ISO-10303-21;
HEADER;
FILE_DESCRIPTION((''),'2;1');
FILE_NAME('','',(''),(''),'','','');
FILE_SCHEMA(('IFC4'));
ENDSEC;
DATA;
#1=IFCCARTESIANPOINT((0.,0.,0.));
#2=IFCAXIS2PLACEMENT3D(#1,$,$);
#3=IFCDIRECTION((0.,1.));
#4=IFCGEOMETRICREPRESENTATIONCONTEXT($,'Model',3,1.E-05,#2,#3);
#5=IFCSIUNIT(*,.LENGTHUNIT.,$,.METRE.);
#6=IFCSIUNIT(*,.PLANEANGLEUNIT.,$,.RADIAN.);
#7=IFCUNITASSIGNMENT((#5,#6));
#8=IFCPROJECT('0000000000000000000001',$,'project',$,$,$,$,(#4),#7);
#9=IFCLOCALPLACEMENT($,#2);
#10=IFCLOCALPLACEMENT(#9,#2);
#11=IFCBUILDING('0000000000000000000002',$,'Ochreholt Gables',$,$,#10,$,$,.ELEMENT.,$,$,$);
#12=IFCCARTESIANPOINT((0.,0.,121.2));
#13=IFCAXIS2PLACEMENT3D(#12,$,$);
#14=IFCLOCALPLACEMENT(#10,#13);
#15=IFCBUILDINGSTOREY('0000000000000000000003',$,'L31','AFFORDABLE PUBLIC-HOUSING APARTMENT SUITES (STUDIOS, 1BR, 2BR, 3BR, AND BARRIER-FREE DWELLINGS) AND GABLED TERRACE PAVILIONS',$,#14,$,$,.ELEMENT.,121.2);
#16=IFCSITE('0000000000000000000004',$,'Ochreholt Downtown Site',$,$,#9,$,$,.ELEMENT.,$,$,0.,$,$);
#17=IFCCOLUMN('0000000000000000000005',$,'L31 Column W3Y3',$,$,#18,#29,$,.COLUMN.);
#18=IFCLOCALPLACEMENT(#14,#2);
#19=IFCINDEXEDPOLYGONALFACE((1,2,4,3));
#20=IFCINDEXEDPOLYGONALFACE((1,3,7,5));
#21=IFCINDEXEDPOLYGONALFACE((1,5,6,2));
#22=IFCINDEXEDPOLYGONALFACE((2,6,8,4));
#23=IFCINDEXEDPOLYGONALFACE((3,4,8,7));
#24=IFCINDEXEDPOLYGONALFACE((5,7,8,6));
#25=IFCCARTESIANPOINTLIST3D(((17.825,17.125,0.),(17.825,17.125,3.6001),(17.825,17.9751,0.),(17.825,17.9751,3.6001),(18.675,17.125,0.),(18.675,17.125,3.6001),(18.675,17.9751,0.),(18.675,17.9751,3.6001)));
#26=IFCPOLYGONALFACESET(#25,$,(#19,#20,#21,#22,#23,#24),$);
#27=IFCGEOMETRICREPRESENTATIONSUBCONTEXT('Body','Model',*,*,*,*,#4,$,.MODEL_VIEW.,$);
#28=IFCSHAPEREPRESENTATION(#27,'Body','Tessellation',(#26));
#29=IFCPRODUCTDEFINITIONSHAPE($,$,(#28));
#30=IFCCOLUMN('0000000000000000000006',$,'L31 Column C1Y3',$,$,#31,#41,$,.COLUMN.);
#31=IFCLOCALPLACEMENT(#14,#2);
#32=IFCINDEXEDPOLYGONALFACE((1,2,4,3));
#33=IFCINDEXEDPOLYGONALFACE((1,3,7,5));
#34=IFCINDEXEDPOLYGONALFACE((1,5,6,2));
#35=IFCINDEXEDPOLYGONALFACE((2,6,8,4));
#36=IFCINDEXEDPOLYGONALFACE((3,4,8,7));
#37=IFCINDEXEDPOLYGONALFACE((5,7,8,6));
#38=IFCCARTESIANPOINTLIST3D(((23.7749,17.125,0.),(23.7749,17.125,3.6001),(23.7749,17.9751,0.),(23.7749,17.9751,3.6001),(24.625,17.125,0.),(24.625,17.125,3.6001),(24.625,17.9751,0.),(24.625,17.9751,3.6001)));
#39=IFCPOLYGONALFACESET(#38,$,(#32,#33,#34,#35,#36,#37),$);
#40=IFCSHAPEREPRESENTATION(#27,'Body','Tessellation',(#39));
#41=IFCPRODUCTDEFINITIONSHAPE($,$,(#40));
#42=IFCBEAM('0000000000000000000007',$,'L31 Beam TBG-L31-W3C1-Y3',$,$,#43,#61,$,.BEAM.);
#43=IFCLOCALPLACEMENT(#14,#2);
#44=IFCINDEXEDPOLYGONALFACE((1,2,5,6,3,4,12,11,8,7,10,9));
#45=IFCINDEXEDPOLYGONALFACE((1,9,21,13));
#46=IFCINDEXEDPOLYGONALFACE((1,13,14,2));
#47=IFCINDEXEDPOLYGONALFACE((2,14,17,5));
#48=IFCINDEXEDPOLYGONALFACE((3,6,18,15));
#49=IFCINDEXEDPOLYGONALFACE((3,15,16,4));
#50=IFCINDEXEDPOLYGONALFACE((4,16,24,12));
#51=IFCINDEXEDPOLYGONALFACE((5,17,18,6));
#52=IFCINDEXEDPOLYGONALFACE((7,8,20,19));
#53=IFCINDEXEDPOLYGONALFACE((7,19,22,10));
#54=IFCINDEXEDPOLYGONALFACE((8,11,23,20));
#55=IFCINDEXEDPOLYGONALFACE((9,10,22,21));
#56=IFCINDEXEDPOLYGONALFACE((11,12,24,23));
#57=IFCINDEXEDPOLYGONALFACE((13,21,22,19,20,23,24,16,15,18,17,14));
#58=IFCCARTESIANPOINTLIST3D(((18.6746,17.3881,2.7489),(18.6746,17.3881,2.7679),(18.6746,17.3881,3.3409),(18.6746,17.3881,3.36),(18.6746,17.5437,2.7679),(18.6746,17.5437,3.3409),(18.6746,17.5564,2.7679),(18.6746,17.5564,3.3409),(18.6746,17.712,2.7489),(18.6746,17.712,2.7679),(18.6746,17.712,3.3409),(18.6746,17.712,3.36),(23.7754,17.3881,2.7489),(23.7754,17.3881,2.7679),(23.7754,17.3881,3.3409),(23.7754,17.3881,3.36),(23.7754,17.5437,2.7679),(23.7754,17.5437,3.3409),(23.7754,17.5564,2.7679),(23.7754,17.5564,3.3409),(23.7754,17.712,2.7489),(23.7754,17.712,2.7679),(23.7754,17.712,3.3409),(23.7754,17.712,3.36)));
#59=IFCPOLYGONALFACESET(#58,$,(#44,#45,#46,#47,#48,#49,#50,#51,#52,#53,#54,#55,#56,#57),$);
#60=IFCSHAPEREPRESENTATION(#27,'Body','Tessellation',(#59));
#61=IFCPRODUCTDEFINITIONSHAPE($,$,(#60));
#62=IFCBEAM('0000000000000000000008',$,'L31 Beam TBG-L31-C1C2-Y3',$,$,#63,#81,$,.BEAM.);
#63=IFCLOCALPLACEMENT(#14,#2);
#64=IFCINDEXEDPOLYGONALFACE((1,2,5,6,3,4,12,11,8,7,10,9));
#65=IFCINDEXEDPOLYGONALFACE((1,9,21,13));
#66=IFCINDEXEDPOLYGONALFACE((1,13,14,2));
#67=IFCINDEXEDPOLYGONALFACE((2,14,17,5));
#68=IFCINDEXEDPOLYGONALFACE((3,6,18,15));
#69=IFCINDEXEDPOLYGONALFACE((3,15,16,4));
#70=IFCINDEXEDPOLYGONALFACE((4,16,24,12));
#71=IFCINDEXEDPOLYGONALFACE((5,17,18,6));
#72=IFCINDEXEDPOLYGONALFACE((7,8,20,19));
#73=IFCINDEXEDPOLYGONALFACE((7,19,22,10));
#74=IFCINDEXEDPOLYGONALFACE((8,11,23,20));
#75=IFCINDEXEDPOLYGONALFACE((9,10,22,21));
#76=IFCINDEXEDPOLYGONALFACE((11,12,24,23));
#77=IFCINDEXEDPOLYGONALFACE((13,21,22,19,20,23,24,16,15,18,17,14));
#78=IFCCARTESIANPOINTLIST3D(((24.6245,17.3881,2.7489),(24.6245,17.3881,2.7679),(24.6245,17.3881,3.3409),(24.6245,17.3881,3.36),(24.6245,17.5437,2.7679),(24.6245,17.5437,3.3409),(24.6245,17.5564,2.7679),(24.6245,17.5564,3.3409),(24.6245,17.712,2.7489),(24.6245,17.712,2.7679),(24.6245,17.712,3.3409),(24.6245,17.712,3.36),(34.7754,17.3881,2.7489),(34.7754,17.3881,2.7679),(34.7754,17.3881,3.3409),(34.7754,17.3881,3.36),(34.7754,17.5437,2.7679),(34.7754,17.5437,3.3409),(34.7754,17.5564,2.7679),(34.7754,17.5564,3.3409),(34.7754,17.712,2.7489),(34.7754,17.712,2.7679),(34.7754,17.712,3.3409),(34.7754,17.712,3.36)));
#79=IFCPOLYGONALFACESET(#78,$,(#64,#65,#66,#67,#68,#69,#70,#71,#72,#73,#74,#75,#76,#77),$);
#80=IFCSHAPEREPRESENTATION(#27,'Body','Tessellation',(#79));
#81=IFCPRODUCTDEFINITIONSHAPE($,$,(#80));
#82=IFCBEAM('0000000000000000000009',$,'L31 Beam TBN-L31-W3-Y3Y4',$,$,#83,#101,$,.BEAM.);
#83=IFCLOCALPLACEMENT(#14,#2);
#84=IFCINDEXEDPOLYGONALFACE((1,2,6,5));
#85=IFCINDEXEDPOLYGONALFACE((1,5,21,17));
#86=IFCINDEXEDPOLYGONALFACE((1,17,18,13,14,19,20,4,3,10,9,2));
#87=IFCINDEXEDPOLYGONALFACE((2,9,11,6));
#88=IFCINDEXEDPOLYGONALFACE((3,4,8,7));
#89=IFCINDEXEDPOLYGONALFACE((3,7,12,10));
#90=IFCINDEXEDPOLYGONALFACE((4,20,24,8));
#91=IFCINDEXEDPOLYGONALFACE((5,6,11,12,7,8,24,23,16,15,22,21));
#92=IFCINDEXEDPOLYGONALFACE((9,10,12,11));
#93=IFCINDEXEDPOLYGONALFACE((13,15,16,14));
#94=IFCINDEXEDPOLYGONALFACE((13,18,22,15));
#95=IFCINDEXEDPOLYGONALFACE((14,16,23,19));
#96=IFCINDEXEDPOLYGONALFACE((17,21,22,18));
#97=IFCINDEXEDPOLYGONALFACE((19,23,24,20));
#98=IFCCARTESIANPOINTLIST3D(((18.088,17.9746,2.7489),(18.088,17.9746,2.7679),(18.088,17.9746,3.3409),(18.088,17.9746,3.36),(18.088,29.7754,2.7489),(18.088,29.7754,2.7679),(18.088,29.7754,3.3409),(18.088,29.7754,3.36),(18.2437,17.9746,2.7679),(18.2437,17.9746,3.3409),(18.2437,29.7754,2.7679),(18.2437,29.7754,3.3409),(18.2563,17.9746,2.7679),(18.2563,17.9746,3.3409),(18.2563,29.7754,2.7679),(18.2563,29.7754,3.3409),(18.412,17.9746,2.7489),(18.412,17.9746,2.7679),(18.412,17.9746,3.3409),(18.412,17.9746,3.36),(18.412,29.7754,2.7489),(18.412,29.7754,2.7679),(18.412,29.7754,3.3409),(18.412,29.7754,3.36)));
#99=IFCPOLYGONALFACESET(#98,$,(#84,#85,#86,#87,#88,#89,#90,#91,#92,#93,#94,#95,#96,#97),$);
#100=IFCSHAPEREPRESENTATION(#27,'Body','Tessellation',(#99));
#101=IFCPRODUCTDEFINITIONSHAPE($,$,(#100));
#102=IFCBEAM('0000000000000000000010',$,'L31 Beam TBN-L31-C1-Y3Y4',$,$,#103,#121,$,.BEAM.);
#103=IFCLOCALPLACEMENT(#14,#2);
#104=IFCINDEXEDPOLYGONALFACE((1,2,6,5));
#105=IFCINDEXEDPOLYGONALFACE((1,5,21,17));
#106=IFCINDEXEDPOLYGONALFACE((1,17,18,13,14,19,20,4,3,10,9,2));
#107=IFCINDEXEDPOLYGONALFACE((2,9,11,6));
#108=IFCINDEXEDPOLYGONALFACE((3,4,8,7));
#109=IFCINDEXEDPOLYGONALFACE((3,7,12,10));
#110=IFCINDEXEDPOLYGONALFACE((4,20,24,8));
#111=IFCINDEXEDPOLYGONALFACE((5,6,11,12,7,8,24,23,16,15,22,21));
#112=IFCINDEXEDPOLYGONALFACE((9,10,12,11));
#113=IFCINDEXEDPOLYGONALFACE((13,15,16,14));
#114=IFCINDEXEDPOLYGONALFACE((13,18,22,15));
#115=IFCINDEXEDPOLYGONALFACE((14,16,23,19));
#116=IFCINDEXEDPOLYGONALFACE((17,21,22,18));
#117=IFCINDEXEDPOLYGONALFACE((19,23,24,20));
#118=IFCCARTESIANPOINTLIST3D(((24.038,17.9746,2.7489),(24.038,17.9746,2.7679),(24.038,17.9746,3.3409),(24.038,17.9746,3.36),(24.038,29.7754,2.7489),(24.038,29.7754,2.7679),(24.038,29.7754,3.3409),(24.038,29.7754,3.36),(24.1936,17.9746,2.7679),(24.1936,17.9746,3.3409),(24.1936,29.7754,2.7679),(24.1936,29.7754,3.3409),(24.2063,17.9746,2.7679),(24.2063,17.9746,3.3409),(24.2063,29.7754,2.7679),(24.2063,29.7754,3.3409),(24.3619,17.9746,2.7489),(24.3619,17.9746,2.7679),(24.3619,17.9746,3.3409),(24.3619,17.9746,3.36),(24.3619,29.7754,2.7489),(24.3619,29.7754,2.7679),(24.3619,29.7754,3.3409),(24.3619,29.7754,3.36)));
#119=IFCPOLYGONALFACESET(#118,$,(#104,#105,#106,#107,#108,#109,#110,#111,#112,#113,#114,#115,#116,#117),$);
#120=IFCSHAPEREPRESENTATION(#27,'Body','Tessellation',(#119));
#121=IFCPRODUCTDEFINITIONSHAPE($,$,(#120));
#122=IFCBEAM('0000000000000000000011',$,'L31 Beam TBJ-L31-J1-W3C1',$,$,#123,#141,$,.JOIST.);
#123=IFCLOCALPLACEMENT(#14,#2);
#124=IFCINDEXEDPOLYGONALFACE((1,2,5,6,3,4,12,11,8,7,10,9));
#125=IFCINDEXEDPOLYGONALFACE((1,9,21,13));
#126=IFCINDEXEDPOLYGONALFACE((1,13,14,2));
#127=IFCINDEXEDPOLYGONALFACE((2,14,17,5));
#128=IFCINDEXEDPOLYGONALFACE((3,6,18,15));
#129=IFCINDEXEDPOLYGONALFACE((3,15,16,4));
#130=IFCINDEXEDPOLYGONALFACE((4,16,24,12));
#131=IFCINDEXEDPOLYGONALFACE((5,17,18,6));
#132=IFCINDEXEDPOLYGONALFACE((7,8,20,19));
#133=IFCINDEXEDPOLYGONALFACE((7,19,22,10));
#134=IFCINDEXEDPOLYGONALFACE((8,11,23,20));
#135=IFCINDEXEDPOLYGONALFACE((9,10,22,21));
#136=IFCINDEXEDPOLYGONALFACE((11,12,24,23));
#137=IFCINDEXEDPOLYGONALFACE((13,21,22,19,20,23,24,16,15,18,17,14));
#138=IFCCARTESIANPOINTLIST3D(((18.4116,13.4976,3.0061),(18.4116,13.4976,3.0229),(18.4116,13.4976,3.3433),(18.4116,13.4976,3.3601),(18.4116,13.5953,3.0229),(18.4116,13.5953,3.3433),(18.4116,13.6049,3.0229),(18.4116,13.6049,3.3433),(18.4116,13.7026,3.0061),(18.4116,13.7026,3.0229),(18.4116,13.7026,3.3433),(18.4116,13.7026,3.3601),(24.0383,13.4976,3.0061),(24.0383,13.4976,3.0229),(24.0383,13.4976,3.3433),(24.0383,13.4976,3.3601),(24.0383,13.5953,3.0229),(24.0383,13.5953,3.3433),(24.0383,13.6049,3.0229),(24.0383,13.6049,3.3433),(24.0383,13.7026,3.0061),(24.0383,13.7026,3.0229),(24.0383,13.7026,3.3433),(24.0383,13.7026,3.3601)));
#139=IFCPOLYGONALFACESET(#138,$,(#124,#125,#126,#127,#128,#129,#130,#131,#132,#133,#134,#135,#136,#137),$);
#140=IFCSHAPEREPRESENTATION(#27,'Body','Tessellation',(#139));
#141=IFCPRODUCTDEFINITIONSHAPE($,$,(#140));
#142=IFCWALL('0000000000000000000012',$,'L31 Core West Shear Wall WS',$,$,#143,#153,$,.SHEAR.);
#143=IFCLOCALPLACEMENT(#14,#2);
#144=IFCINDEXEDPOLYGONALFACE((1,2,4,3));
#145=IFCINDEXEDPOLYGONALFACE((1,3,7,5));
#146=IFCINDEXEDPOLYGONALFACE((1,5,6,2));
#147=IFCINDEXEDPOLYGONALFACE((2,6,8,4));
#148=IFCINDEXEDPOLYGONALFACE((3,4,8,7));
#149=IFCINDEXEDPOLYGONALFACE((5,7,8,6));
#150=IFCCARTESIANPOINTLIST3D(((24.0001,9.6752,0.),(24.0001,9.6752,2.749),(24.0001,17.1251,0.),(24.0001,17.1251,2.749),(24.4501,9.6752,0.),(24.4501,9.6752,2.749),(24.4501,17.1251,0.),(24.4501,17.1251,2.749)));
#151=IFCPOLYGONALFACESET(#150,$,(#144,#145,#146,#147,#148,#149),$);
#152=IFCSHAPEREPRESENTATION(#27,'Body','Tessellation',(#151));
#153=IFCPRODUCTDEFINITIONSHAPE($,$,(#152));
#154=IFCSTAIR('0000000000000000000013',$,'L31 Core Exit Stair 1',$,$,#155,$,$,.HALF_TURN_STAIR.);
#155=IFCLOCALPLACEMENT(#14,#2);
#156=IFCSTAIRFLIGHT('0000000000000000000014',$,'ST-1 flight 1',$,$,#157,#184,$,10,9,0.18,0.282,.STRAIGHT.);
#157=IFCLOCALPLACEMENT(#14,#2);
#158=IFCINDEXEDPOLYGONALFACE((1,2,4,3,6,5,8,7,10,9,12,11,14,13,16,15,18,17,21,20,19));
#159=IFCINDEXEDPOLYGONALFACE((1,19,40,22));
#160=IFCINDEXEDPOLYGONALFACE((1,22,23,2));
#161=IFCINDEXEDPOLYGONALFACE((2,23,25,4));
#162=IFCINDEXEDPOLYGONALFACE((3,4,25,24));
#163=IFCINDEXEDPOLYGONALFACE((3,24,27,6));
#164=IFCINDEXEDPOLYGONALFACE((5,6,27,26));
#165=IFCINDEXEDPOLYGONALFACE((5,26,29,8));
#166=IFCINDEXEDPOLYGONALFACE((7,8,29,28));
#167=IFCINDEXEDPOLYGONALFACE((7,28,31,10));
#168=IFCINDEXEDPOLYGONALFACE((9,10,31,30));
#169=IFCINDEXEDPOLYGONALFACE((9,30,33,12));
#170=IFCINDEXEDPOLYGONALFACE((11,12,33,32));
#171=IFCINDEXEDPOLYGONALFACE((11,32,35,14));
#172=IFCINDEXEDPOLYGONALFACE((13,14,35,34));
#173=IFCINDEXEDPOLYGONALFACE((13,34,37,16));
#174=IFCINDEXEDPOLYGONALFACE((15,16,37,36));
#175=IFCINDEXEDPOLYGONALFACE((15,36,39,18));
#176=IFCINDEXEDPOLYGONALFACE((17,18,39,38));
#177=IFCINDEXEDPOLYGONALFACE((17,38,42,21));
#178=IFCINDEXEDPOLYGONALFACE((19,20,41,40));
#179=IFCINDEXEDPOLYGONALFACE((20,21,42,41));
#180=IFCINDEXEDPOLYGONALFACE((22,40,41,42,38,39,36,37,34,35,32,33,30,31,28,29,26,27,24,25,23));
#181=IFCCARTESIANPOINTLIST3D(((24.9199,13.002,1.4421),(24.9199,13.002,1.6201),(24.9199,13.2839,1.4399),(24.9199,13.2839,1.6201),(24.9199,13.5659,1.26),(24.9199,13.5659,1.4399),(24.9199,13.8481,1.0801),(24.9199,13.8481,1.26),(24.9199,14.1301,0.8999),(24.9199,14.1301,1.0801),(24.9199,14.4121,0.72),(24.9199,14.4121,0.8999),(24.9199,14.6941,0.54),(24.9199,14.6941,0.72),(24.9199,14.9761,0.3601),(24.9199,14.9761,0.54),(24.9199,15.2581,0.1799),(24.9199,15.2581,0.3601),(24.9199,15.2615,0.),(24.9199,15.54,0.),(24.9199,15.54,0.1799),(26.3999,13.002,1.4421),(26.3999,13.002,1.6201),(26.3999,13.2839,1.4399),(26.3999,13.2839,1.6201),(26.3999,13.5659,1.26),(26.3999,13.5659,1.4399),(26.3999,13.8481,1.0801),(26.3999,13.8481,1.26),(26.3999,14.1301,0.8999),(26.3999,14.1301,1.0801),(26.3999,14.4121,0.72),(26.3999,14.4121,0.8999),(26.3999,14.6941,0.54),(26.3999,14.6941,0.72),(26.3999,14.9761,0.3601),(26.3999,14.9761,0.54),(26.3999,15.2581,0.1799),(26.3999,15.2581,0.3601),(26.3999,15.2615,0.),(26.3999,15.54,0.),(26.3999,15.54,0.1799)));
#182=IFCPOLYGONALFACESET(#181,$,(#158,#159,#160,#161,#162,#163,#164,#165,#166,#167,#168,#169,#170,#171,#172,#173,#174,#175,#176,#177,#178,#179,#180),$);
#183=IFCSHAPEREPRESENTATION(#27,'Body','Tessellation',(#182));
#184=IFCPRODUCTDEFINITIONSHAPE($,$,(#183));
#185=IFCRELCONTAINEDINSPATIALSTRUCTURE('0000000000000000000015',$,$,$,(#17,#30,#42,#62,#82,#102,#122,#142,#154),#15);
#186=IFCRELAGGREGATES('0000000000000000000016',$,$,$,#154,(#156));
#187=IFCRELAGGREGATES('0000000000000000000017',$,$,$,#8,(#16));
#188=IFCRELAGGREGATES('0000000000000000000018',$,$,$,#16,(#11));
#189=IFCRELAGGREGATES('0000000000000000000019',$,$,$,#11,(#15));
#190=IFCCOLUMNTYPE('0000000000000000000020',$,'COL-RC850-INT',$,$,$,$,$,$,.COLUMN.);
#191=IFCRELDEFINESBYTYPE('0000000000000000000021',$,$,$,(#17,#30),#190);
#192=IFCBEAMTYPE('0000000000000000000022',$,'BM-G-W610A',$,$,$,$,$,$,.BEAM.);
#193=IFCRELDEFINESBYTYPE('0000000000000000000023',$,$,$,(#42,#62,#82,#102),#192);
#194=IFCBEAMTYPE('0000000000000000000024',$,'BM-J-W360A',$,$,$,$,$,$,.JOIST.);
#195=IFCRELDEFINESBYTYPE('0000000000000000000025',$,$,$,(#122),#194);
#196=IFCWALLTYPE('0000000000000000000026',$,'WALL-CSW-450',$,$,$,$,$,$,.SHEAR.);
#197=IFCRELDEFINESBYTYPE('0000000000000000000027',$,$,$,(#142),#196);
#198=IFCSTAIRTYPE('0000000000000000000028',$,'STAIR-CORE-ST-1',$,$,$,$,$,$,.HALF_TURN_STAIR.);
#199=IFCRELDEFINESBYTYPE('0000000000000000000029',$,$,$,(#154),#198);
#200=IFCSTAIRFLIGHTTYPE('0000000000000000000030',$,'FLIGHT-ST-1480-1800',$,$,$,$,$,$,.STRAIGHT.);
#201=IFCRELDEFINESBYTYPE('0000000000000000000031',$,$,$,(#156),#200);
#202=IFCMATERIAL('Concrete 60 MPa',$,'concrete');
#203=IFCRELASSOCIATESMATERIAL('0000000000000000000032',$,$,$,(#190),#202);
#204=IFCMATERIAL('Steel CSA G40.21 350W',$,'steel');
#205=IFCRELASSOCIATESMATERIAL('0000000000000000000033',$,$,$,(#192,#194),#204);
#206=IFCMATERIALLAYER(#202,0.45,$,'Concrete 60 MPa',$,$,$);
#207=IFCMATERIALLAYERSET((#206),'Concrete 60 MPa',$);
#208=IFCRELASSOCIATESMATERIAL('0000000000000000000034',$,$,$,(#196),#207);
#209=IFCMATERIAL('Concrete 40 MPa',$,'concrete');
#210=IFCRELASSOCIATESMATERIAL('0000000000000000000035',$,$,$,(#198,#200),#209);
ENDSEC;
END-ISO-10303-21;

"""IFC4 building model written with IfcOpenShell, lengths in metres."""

from ifc_helpers import new_model, si_unit, direction, frame, frame_2d, origin, origin_2d, place, context, subcontext, project, spatial, polyline, rectangle, i_section, outline, extrude, material, layer, layer_set, material_profile, profile_set, type_object, element, aggregate, save


model = new_model("IFC4")

# Units and contexts
model_context = context("Model", 3, precision=1e-05, world=origin(), true_north=direction((0.0, 1.0)))
body_context = subcontext(model_context, "Body", "Model", "MODEL_VIEW")
ifc_project = project(units=[si_unit("LENGTHUNIT", "METRE"), si_unit("PLANEANGLEUNIT", "RADIAN")], contexts=[model_context])

# Site, building, storey
site_placement = place(None, origin())
site = spatial("IfcSite", under=ifc_project, at=site_placement, Name="Ochreholt Downtown Site", CompositionType="ELEMENT", RefElevation=0.0)
building_placement = place(site_placement, origin())
building = spatial("IfcBuilding", under=site, at=building_placement, Name="Ochreholt Gables", CompositionType="ELEMENT")
storey_placement = place(building_placement, frame((0.0, 0.0, 121.2)))
storey = spatial("IfcBuildingStorey", under=building, at=storey_placement, Name="L31", Description="AFFORDABLE PUBLIC-HOUSING APARTMENT SUITES (STUDIOS, 1BR, 2BR, 3BR, AND BARRIER-FREE DWELLINGS) AND GABLED TERRACE PAVILIONS", CompositionType="ELEMENT", Elevation=121.2)

# Columns
ifc_material_1 = material(Name="Concrete 60 MPa", Category="concrete")
ifc_material_profile_1 = material_profile(ifc_material_1, rectangle(XDim=0.8501, YDim=0.8501, at=origin_2d()), Name="RC850X850")
ifc_profile_set_1 = profile_set([ifc_material_profile_1], Name="Concrete 60 MPa")
column_type = type_object("IfcColumnType", Name="COL-RC850-INT", PredefinedType="COLUMN", material=ifc_profile_set_1)
for number, where, z_axis, x_axis, name in (
    (1, (18.25, 17.55, 0.0), (0.0, 0.0, 1.0), (1.0, 0.0, 0.0), "L31 Column W3Y3"),
    (2, (24.2, 17.55, 0.0), (0.0, 0.0, 1.0), (1.0, 0.0, 0.0), "L31 Column C1Y3"),
):
    element("IfcColumn", number, at=place(storey_placement, frame(where, z_axis=z_axis, x_axis=x_axis)), inside=storey, type_object=column_type, Name=name, PredefinedType="COLUMN", context=body_context, shape_type="SweptSolid", body=[
        extrude(rectangle(XDim=0.8501, YDim=0.8501, at=origin_2d()), origin(), (0.0, 0.0, 1.0), 3.6001),
    ])

# Beams
ifc_material_2 = material(Name="Steel CSA G40.21 350W", Category="steel")
ifc_material_profile_2 = material_profile(ifc_material_2, i_section(OverallWidth=0.324, OverallDepth=0.6111, WebThickness=0.0127, FlangeThickness=0.019, at=origin_2d()), Name="W610X155")
ifc_profile_set_2 = profile_set([ifc_material_profile_2], Name="Steel CSA G40.21 350W")
beam_type_1 = type_object("IfcBeamType", Name="BM-G-W610A", PredefinedType="BEAM", material=ifc_profile_set_2)
beam_1_placement = place(storey_placement, frame((18.6746, 17.55, 3.0544), z_axis=(1.0, 0.0, 0.0), x_axis=(0.0, 1.0, 0.0)))
element("IfcBeam", 3, at=beam_1_placement, inside=storey, type_object=beam_type_1, Name="L31 Beam TBG-L31-W3C1-Y3", PredefinedType="BEAM", context=body_context, shape_type="SweptSolid", body=[
    extrude(i_section(OverallWidth=0.324, OverallDepth=0.6111, WebThickness=0.0127, FlangeThickness=0.019, at=origin_2d()), origin(), (0.0, 0.0, 1.0), 5.1008),
])
beam_2_placement = place(storey_placement, frame((24.6245, 17.55, 3.0544), z_axis=(1.0, 0.0, 0.0), x_axis=(0.0, 1.0, 0.0)))
element("IfcBeam", 4, at=beam_2_placement, inside=storey, type_object=beam_type_1, Name="L31 Beam TBG-L31-C1C2-Y3", PredefinedType="BEAM", context=body_context, shape_type="SweptSolid", body=[
    extrude(i_section(OverallWidth=0.324, OverallDepth=0.6111, WebThickness=0.0127, FlangeThickness=0.019, at=origin_2d()), origin(), (0.0, 0.0, 1.0), 10.1509),
])
for number, where, z_axis, x_axis, name in (
    (5, (18.25, 17.9746, 3.0544), (0.0, 1.0, 0.0), (-1.0, 0.0, 0.0), "L31 Beam TBN-L31-W3-Y3Y4"),
    (6, (24.2, 17.9746, 3.0544), (0.0, 1.0, 0.0), (-1.0, 0.0, 0.0), "L31 Beam TBN-L31-C1-Y3Y4"),
):
    element("IfcBeam", number, at=place(storey_placement, frame(where, z_axis=z_axis, x_axis=x_axis)), inside=storey, type_object=beam_type_1, Name=name, PredefinedType="BEAM", context=body_context, shape_type="SweptSolid", body=[
        extrude(i_section(OverallWidth=0.324, OverallDepth=0.6111, WebThickness=0.0127, FlangeThickness=0.019, at=origin_2d()), origin(), (0.0, 0.0, 1.0), 11.8008),
    ])
ifc_material_profile_3 = material_profile(ifc_material_2, i_section(OverallWidth=0.2051, OverallDepth=0.354, WebThickness=0.0095, FlangeThickness=0.0168, at=origin_2d()), Name="W360X79")
ifc_profile_set_3 = profile_set([ifc_material_profile_3], Name="Steel CSA G40.21 350W")
beam_type_2 = type_object("IfcBeamType", Name="BM-J-W360A", PredefinedType="JOIST", material=ifc_profile_set_3)
beam_3_placement = place(storey_placement, frame((18.4116, 13.6001, 3.1831), z_axis=(1.0, 0.0, 0.0), x_axis=(0.0, 1.0, 0.0)))
element("IfcBeam", 7, at=beam_3_placement, inside=storey, type_object=beam_type_2, Name="L31 Beam TBJ-L31-J1-W3C1", PredefinedType="JOIST", context=body_context, shape_type="SweptSolid", body=[
    extrude(i_section(OverallWidth=0.2051, OverallDepth=0.354, WebThickness=0.0095, FlangeThickness=0.0168, at=origin_2d()), origin(), (0.0, 0.0, 1.0), 5.6267),
])

# Wall
ifc_layer_1 = layer(ifc_material_1, 0.45, Name="Concrete 60 MPa")
ifc_layer_set_1 = layer_set([ifc_layer_1], Name="Concrete 60 MPa")
wall_type_1 = type_object("IfcWallType", Name="WALL-CSW-450", PredefinedType="SHEAR", material=ifc_layer_set_1)
wall_1_placement = place(storey_placement, frame((24.2251, 9.675, 0.0), z_axis=(0.0, 0.0, 1.0), x_axis=(0.0, 1.0, 0.0)))
element("IfcWall", 8, at=wall_1_placement, inside=storey, type_object=wall_type_1, Name="L31 Core West Shear Wall WS", PredefinedType="SHEAR", context=body_context, shape_type="SweptSolid", body=[
    extrude(rectangle(XDim=7.45, YDim=0.45, at=frame_2d((3.7251, 0.0))), origin(), (0.0, 0.0, 1.0), 2.749),
])

# Stair, stair flight
ifc_material_3 = material(Name="Concrete 40 MPa", Category="concrete")
stair_type = type_object("IfcStairType", Name="STAIR-CORE-ST-1", PredefinedType="HALF_TURN_STAIR", material=ifc_material_3)
stair_placement = place(storey_placement, origin())
stair = element("IfcStair", 9, at=stair_placement, inside=storey, type_object=stair_type, Name="L31 Core Exit Stair 1", PredefinedType="HALF_TURN_STAIR")
stair_flight_type = type_object("IfcStairFlightType", Name="FLIGHT-ST-1480-1800", PredefinedType="STRAIGHT", material=ifc_material_3)
stair_flight_1_placement = place(storey_placement, frame((25.6599, 15.54, 0.0), z_axis=(0.0, 0.0, 1.0), x_axis=(0.0, -1.0, 0.0)))
stair_flight_1 = element("IfcStairFlight", 10, at=stair_flight_1_placement, type_object=stair_flight_type, Name="ST-1 flight 1", NumberOfRisers=10, NumberOfTreads=9, PredefinedType="STRAIGHT", RiserHeight=0.18, TreadLength=0.282, context=body_context, shape_type="SweptSolid", body=[
    extrude(outline(polyline([(0.0, 0.0), (0.0, 0.1799), (0.282, 0.1799), (0.282, 0.3601), (0.564, 0.3601), (0.564, 0.54), (0.8459, 0.54), (0.8459, 0.72), (1.1279, 0.72), (1.1279, 0.8999), (1.4099, 0.8999), (1.4099, 1.0801), (1.6919, 1.0801), (1.6919, 1.26), (1.9741, 1.26), (1.9741, 1.4399), (2.2561, 1.4399), (2.2561, 1.6201), (2.5381, 1.6201), (2.5381, 1.8), (2.5381, 1.4421), (0.2786, 0.0), (0.0, 0.0)])), frame((0.0, 0.74, 0.0), z_axis=(0.0, -1.0, 0.0), x_axis=(1.0, 0.0, 0.0)), (0.0, 0.0, 1.0), 1.48),
])
aggregate(stair, [stair_flight_1])

save(model, "model.ifc")
